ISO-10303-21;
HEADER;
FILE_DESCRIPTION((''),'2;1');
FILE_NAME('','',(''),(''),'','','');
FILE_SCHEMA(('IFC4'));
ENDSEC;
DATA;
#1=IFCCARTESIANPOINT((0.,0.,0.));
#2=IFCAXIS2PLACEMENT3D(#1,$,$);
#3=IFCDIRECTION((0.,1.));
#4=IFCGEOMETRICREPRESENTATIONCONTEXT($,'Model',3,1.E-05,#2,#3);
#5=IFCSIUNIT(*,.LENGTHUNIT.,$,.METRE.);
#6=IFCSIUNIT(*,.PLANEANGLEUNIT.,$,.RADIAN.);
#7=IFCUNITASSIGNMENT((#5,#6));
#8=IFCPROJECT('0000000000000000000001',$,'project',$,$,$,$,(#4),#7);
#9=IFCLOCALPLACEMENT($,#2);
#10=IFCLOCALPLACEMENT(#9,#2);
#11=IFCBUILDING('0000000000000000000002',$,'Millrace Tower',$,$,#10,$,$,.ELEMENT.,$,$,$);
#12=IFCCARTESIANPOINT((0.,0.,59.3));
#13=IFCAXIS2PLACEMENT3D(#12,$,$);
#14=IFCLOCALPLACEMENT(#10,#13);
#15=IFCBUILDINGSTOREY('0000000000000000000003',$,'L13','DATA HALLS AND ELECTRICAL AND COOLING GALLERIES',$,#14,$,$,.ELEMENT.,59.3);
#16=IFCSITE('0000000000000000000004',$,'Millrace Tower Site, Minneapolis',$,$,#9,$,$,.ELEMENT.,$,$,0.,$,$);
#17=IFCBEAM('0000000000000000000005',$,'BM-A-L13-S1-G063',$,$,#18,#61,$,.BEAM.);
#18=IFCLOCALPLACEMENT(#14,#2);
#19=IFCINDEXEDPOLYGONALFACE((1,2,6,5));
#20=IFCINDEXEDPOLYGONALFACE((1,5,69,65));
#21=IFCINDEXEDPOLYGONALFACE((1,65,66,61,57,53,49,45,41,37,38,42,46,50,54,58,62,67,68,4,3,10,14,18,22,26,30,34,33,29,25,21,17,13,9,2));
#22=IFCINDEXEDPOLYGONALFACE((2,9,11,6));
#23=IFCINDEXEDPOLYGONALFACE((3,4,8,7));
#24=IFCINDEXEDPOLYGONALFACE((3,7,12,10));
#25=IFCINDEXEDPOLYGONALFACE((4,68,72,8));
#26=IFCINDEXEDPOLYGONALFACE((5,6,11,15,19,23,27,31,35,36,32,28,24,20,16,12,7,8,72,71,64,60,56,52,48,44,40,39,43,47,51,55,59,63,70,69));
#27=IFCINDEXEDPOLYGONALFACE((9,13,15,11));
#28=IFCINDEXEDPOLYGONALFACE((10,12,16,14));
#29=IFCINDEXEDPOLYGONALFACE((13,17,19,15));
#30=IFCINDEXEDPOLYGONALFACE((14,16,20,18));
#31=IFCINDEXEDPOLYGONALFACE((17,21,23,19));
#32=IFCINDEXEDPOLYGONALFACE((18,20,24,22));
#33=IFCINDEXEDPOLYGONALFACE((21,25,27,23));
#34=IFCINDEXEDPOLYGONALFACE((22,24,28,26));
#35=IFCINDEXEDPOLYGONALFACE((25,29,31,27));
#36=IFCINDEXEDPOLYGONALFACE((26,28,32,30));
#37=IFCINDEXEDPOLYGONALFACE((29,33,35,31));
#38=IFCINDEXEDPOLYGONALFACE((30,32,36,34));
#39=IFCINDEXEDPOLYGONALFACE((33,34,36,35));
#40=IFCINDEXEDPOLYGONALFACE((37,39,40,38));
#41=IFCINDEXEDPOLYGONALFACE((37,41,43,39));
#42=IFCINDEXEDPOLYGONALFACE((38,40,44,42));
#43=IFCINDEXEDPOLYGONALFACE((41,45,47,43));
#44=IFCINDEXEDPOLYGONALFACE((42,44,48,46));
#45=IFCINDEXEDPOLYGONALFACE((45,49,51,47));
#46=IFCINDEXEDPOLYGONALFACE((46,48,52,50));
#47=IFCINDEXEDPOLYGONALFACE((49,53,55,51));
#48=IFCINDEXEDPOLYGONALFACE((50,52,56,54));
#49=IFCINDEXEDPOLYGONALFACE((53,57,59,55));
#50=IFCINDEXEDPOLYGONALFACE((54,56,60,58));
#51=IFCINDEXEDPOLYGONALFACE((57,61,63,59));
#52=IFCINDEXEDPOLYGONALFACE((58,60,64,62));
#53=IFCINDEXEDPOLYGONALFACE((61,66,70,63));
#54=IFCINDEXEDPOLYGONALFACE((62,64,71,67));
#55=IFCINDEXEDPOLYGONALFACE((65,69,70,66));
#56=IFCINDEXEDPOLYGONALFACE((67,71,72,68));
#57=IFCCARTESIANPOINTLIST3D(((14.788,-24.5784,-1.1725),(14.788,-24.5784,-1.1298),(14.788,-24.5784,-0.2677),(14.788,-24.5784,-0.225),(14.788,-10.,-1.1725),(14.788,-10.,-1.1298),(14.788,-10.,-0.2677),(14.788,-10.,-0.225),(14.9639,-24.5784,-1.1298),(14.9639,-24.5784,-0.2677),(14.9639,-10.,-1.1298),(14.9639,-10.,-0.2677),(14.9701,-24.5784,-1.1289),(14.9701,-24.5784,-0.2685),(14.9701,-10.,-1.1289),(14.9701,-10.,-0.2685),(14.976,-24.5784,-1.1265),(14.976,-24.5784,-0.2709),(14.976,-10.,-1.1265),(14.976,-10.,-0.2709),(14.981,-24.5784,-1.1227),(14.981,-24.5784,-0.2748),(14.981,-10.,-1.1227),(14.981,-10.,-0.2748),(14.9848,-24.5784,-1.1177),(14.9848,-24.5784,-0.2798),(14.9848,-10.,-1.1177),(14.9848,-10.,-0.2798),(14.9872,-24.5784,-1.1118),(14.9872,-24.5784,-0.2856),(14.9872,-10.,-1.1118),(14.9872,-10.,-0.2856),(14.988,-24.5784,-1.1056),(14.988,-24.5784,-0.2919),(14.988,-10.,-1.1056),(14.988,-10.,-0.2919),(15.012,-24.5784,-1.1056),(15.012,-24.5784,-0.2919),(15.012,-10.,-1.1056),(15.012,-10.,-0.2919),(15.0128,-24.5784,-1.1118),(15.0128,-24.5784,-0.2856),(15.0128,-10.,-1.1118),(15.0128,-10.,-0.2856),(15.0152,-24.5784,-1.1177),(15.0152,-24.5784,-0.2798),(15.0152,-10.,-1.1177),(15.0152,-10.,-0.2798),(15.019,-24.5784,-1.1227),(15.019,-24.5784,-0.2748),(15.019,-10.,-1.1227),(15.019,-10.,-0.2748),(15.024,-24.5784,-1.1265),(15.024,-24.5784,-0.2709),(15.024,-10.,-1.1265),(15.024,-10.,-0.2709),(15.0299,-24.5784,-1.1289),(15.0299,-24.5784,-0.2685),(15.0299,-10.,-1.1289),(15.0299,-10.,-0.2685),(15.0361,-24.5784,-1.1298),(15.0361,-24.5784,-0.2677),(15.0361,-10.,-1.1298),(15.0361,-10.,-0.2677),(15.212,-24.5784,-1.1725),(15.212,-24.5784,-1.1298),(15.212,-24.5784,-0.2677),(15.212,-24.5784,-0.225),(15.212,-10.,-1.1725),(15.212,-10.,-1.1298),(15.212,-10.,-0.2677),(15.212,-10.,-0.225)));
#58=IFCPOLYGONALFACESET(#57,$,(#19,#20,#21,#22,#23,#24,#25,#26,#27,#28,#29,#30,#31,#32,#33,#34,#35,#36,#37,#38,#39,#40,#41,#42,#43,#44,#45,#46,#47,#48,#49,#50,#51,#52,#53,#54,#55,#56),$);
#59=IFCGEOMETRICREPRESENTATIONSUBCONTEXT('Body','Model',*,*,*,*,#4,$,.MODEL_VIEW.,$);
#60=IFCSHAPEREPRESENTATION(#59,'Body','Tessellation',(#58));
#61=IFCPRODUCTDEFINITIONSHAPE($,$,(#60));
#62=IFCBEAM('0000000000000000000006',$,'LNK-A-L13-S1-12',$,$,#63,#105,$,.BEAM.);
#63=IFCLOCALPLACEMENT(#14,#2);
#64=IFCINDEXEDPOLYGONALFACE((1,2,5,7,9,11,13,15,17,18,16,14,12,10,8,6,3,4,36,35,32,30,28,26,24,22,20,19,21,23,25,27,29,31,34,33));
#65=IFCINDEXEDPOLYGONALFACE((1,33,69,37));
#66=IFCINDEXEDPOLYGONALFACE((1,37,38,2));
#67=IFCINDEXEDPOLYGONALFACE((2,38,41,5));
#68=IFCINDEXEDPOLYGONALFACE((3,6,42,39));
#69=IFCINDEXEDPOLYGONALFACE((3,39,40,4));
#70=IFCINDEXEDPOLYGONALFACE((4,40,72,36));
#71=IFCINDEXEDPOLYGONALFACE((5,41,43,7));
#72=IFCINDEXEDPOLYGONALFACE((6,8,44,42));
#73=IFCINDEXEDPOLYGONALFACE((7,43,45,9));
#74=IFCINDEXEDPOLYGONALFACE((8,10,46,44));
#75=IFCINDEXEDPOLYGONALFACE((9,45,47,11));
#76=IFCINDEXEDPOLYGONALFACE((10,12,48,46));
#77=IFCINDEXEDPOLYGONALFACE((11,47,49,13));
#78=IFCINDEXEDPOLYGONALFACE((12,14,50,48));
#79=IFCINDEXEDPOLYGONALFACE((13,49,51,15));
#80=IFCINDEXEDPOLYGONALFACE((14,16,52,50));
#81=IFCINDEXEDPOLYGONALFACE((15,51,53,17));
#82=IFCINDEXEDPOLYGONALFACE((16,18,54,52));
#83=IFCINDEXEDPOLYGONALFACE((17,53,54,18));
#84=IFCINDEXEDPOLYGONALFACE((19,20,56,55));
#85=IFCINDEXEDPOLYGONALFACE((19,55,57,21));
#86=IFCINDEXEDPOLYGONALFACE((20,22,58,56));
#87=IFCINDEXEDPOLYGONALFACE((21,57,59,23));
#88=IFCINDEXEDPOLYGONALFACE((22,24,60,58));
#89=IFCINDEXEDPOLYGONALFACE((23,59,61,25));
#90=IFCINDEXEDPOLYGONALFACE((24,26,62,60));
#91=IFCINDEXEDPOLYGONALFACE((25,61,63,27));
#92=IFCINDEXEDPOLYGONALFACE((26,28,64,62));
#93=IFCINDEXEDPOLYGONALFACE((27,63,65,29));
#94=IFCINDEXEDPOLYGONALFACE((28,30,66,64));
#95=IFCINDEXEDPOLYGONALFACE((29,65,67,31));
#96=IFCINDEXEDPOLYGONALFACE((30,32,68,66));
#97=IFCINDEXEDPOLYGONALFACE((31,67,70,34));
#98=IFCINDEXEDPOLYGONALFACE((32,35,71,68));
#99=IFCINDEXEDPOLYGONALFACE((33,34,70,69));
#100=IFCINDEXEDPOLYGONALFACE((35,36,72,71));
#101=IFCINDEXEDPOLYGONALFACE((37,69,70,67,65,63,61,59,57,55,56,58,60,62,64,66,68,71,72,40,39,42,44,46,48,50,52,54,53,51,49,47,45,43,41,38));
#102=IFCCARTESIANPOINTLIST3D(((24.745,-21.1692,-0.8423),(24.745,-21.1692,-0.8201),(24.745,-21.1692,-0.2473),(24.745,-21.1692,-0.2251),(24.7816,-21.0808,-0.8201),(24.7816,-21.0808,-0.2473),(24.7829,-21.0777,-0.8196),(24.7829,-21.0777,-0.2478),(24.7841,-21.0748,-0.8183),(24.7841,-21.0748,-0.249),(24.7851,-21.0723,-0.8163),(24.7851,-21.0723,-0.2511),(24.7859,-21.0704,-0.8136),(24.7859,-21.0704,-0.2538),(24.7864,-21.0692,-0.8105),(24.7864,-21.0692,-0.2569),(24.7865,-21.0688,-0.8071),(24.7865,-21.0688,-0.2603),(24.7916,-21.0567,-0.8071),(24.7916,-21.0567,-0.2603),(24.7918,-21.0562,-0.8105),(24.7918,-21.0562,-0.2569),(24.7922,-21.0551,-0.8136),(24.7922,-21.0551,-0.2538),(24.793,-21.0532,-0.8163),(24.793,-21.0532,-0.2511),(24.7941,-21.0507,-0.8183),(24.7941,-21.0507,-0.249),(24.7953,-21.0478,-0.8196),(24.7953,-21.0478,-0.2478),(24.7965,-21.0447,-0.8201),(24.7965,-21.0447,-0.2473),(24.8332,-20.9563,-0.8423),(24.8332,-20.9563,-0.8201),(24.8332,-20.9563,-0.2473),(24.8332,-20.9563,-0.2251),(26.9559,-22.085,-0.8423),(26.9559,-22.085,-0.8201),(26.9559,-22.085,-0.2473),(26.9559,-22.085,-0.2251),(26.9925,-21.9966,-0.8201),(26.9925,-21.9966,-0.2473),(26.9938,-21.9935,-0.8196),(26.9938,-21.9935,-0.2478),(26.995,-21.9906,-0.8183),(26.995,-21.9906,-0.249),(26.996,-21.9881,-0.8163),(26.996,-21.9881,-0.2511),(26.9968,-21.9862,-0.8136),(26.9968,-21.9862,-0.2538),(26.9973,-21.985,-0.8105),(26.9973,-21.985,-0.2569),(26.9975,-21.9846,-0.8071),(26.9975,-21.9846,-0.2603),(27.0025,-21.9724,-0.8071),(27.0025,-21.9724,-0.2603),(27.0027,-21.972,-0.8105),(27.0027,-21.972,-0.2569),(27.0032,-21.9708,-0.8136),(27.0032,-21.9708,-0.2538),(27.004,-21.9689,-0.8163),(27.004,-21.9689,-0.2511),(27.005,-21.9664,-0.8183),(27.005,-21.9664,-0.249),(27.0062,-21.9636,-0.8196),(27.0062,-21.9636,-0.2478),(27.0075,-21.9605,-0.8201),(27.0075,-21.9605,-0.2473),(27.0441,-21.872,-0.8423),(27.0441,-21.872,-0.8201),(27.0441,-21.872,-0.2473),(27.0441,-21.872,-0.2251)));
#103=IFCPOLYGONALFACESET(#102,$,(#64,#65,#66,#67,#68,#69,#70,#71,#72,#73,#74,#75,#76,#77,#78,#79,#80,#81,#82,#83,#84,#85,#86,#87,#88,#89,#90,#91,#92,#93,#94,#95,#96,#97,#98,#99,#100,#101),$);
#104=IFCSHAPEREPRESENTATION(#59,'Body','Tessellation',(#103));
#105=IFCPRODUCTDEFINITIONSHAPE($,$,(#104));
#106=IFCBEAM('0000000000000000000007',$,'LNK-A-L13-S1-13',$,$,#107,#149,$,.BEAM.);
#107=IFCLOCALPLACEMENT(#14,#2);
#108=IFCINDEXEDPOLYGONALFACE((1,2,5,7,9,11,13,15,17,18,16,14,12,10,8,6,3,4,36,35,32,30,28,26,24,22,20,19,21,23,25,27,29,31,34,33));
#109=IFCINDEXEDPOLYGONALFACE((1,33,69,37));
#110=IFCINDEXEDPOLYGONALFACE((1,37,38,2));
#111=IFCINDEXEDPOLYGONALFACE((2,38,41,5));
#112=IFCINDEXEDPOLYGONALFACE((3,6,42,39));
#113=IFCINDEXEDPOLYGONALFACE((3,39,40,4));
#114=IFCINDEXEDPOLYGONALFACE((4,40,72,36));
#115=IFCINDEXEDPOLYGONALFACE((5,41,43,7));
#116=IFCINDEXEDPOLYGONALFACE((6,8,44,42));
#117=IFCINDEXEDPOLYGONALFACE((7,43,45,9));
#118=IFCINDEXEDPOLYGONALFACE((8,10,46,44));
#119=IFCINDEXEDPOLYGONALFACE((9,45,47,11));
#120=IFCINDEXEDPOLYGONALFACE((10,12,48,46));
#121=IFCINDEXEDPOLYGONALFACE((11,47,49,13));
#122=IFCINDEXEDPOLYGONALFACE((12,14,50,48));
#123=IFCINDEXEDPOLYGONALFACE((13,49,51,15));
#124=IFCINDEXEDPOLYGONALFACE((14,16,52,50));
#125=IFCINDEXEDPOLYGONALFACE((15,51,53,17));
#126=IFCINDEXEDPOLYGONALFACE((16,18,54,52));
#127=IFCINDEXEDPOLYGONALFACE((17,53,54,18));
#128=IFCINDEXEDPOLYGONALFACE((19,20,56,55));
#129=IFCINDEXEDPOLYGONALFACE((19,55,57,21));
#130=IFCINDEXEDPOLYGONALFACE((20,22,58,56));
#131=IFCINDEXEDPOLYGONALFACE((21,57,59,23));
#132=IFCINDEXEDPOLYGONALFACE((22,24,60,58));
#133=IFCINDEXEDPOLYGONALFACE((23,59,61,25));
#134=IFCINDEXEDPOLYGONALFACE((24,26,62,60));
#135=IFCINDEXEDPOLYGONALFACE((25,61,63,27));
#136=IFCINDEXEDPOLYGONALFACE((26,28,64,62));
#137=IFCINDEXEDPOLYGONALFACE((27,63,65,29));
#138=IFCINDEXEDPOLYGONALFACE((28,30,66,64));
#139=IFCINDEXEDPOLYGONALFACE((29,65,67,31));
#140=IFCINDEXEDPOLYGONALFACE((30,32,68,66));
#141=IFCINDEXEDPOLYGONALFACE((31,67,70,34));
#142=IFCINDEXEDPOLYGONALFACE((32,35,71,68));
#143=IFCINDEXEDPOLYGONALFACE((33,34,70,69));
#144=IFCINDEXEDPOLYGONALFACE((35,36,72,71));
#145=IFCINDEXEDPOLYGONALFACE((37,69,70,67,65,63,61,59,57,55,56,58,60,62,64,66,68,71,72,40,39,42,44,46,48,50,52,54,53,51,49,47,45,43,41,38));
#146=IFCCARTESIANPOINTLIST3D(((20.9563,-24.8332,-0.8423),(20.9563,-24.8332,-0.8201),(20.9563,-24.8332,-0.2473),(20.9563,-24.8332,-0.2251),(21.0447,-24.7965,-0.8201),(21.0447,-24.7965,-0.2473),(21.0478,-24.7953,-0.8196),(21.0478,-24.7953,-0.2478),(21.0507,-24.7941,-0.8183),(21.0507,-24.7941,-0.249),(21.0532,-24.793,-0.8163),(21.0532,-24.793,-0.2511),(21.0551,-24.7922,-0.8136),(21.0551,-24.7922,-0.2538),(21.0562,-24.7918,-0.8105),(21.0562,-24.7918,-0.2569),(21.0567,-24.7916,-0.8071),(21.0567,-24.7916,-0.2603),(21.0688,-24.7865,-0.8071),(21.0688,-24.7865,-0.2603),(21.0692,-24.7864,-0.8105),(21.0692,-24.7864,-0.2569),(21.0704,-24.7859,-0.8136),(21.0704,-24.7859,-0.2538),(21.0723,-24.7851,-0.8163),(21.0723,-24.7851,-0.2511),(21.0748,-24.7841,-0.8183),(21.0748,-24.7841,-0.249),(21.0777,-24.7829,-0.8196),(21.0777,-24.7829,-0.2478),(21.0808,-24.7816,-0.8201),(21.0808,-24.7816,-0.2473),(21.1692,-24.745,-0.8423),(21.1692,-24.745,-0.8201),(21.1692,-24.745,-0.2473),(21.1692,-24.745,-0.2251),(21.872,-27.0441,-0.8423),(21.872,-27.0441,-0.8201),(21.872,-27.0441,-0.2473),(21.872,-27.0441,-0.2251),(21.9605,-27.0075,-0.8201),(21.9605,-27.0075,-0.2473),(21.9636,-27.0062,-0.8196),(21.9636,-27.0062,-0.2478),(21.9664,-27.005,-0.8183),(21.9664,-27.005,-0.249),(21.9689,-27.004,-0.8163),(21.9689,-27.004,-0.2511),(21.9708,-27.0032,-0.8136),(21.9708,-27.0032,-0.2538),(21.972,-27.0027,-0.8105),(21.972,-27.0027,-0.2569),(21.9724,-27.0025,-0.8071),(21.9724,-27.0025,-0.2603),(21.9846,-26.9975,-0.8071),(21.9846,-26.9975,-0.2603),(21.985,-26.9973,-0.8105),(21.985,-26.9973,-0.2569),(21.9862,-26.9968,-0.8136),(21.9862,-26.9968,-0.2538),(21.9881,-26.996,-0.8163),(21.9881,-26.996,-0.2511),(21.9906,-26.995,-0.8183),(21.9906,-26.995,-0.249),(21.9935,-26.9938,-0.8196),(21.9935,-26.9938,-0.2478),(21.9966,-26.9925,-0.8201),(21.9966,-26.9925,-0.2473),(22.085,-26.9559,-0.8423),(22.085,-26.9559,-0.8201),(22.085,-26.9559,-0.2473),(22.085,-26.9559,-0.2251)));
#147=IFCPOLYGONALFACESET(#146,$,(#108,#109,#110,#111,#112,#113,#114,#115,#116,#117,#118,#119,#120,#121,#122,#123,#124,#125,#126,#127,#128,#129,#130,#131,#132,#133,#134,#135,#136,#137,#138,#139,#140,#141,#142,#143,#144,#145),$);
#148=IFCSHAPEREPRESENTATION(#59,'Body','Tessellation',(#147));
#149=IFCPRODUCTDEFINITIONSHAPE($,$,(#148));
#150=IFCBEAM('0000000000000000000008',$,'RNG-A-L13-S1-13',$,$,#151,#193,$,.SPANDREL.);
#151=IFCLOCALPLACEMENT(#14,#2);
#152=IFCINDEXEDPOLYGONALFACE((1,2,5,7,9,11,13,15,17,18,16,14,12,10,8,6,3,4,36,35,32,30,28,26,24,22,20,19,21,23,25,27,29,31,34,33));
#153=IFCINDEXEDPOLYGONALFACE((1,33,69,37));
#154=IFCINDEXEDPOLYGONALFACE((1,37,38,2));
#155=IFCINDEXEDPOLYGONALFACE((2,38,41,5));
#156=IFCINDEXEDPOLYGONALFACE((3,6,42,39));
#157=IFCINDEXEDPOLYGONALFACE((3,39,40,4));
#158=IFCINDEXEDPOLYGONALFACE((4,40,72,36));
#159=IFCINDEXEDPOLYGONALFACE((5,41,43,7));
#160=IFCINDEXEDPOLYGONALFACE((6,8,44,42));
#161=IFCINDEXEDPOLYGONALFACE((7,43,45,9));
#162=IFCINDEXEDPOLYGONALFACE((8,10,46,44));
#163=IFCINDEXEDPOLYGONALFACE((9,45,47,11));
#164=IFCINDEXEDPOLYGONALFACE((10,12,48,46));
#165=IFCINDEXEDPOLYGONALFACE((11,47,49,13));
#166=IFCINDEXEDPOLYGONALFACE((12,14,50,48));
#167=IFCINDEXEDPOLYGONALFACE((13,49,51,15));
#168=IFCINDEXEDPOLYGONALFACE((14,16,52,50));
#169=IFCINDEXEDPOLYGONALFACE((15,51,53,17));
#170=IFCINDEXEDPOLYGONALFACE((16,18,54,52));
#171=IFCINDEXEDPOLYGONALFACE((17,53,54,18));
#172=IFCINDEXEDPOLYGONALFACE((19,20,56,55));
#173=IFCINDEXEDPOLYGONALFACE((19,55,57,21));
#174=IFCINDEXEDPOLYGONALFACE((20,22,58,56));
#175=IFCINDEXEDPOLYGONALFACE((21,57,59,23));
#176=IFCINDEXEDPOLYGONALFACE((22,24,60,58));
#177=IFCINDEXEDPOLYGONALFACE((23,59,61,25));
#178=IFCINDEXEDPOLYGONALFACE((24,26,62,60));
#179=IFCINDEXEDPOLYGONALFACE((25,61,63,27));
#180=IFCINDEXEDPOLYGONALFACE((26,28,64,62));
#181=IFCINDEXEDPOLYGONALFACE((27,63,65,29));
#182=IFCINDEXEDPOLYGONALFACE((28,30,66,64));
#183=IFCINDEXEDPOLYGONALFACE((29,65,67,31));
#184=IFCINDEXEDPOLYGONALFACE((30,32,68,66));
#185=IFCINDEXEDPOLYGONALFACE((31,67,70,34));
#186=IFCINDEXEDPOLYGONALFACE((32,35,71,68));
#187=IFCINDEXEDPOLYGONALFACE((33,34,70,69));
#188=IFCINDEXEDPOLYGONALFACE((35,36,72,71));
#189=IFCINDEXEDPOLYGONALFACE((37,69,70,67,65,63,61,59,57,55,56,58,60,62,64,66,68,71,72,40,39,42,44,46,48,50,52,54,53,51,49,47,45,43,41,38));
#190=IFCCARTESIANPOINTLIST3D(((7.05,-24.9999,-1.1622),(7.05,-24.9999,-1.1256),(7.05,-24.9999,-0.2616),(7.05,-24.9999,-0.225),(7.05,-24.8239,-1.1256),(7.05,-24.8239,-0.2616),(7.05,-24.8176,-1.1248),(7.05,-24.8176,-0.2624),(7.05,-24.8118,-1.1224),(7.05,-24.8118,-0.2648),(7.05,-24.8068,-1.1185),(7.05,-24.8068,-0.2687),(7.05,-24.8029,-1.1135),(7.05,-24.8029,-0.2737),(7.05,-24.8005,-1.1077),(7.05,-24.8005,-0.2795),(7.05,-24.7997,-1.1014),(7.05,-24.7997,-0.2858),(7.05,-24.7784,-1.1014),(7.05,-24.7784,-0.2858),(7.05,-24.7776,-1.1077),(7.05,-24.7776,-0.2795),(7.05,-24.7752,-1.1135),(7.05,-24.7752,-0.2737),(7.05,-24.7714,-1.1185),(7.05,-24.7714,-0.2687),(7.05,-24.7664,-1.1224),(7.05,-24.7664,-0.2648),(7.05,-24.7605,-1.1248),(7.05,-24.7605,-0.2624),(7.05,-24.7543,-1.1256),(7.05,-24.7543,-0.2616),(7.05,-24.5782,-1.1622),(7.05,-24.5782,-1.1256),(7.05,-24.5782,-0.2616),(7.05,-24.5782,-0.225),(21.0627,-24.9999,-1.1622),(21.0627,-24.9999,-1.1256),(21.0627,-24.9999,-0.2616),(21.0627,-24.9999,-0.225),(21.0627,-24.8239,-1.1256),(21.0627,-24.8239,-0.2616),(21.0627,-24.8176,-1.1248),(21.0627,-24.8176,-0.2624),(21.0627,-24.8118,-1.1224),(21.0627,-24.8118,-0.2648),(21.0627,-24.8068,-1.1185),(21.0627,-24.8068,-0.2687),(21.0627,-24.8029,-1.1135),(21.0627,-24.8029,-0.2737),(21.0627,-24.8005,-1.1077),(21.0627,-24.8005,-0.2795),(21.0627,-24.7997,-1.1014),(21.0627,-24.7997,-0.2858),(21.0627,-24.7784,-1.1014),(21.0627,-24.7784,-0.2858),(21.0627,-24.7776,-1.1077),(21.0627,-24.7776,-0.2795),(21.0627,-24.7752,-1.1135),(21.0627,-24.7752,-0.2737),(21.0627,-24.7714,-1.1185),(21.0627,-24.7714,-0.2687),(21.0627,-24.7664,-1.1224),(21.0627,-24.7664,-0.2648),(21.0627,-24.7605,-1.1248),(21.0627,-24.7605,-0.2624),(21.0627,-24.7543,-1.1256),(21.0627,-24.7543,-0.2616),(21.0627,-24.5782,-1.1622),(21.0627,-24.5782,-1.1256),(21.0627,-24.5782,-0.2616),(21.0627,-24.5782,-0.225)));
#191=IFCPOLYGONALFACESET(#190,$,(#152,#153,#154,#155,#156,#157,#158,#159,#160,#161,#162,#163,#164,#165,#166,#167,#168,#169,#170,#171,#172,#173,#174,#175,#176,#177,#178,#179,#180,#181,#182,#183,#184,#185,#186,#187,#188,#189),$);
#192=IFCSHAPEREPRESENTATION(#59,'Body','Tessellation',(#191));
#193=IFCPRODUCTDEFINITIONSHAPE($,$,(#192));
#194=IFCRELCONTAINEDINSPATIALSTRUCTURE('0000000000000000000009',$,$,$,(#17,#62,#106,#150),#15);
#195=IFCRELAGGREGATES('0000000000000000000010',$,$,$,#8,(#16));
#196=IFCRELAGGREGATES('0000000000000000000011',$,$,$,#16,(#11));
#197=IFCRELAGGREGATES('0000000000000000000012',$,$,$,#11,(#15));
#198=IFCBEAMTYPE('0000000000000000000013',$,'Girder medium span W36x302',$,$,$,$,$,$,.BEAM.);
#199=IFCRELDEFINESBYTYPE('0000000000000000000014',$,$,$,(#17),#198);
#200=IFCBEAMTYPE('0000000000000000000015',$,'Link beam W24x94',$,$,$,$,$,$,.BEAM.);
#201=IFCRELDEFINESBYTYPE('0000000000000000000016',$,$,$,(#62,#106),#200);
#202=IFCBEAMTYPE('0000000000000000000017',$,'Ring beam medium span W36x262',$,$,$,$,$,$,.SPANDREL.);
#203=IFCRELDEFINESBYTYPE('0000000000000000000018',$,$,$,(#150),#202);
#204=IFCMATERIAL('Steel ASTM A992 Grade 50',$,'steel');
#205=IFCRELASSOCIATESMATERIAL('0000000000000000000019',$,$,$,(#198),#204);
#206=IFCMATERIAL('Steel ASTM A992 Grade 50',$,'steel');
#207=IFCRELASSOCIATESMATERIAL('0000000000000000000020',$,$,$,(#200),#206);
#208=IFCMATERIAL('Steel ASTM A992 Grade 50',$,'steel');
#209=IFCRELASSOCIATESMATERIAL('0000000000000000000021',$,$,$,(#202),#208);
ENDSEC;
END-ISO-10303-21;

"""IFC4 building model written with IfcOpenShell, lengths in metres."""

from ifc_helpers import new_model, si_unit, direction, frame, origin, origin_2d, place, context, subcontext, project, spatial, i_section, extrude, material, material_profile, profile_set, type_object, element, save


model = new_model("IFC4")

# Units and contexts
model_context = context("Model", 3, precision=1e-05, world=origin(), true_north=direction((0.0, 1.0)))
body_context = subcontext(model_context, "Body", "Model", "MODEL_VIEW")
ifc_project = project(units=[si_unit("LENGTHUNIT", "METRE"), si_unit("PLANEANGLEUNIT", "RADIAN")], contexts=[model_context])

# Site, building, storey
site_placement = place(None, origin())
site = spatial("IfcSite", under=ifc_project, at=site_placement, Name="Millrace Tower Site, Minneapolis", CompositionType="ELEMENT", RefElevation=0.0)
building_placement = place(site_placement, origin())
building = spatial("IfcBuilding", under=site, at=building_placement, Name="Millrace Tower", CompositionType="ELEMENT")
storey_placement = place(building_placement, frame((0.0, 0.0, 59.3)))
storey = spatial("IfcBuildingStorey", under=building, at=storey_placement, Name="L13", Description="DATA HALLS AND ELECTRICAL AND COOLING GALLERIES", CompositionType="ELEMENT", Elevation=59.3)

# Beams
ifc_material_1 = material(Name="Steel ASTM A992 Grade 50", Category="steel")
ifc_material_profile_1 = material_profile(ifc_material_1, i_section(OverallWidth=0.4241, OverallDepth=0.9475, WebThickness=0.0239, FlangeThickness=0.0427, FilletRadius=0.0242, at=origin_2d()))
ifc_profile_set_1 = profile_set([ifc_material_profile_1], Name="Steel ASTM A992 Grade 50")
beam_type_1 = type_object("IfcBeamType", Name="Girder medium span W36x302", PredefinedType="BEAM", material=ifc_profile_set_1)
beam_1_placement = place(storey_placement, frame((15.0, -24.5784, -0.6987), z_axis=(0.0, 1.0, 0.0), x_axis=(-1.0, 0.0, 0.0)))
element("IfcBeam", 1, at=beam_1_placement, inside=storey, type_object=beam_type_1, Name="BM-A-L13-S1-G063", PredefinedType="BEAM", context=body_context, shape_type="SweptSolid", body=[
    extrude(i_section(OverallWidth=0.4241, OverallDepth=0.9475, WebThickness=0.0239, FlangeThickness=0.0427, FilletRadius=0.0242, at=origin_2d()), origin(), (0.0, 0.0, 1.0), 14.5784),
])
ifc_material_2 = material(Name="Steel ASTM A992 Grade 50", Category="steel")
ifc_material_profile_2 = material_profile(ifc_material_2, i_section(OverallWidth=0.2305, OverallDepth=0.6172, WebThickness=0.0132, FlangeThickness=0.0222, FilletRadius=0.0129, at=origin_2d()))
ifc_profile_set_2 = profile_set([ifc_material_profile_2], Name="Steel ASTM A992 Grade 50")
beam_type_2 = type_object("IfcBeamType", Name="Link beam W24x94", PredefinedType="BEAM", material=ifc_profile_set_2)
for number, where, z_axis, x_axis, name in (
    (2, (24.7891, -21.0627, -0.5337), (0.923884, -0.382673, 0.0), (0.382673, 0.923884, 0.0), "LNK-A-L13-S1-12"),
    (3, (21.0627, -24.7891, -0.5337), (0.382673, -0.923884, 0.0), (0.923884, 0.382673, 0.0), "LNK-A-L13-S1-13"),
):
    element("IfcBeam", number, at=place(storey_placement, frame(where, z_axis=z_axis, x_axis=x_axis)), inside=storey, type_object=beam_type_2, Name=name, PredefinedType="BEAM", context=body_context, shape_type="SweptSolid", body=[
        extrude(i_section(OverallWidth=0.2305, OverallDepth=0.6172, WebThickness=0.0132, FlangeThickness=0.0222, FilletRadius=0.0129, at=origin_2d()), origin(), (0.0, 0.0, 1.0), 2.3931),
    ])
ifc_material_3 = material(Name="Steel ASTM A992 Grade 50", Category="steel")
ifc_material_profile_3 = material_profile(ifc_material_3, i_section(OverallWidth=0.4216, OverallDepth=0.9373, WebThickness=0.0212, FlangeThickness=0.0366, FilletRadius=0.0242, at=origin_2d()))
ifc_profile_set_3 = profile_set([ifc_material_profile_3], Name="Steel ASTM A992 Grade 50")
beam_type_3 = type_object("IfcBeamType", Name="Ring beam medium span W36x262", PredefinedType="SPANDREL", material=ifc_profile_set_3)
beam_2_placement = place(storey_placement, frame((21.0627, -24.7891, -0.6936), z_axis=(-1.0, 0.0, 0.0), x_axis=(0.0, -1.0, 0.0)))
element("IfcBeam", 4, at=beam_2_placement, inside=storey, type_object=beam_type_3, Name="RNG-A-L13-S1-13", PredefinedType="SPANDREL", context=body_context, shape_type="SweptSolid", body=[
    extrude(i_section(OverallWidth=0.4216, OverallDepth=0.9373, WebThickness=0.0212, FlangeThickness=0.0366, FilletRadius=0.0242, at=origin_2d()), origin(), (0.0, 0.0, 1.0), 14.0127),
])

save(model, "model.ifc")
